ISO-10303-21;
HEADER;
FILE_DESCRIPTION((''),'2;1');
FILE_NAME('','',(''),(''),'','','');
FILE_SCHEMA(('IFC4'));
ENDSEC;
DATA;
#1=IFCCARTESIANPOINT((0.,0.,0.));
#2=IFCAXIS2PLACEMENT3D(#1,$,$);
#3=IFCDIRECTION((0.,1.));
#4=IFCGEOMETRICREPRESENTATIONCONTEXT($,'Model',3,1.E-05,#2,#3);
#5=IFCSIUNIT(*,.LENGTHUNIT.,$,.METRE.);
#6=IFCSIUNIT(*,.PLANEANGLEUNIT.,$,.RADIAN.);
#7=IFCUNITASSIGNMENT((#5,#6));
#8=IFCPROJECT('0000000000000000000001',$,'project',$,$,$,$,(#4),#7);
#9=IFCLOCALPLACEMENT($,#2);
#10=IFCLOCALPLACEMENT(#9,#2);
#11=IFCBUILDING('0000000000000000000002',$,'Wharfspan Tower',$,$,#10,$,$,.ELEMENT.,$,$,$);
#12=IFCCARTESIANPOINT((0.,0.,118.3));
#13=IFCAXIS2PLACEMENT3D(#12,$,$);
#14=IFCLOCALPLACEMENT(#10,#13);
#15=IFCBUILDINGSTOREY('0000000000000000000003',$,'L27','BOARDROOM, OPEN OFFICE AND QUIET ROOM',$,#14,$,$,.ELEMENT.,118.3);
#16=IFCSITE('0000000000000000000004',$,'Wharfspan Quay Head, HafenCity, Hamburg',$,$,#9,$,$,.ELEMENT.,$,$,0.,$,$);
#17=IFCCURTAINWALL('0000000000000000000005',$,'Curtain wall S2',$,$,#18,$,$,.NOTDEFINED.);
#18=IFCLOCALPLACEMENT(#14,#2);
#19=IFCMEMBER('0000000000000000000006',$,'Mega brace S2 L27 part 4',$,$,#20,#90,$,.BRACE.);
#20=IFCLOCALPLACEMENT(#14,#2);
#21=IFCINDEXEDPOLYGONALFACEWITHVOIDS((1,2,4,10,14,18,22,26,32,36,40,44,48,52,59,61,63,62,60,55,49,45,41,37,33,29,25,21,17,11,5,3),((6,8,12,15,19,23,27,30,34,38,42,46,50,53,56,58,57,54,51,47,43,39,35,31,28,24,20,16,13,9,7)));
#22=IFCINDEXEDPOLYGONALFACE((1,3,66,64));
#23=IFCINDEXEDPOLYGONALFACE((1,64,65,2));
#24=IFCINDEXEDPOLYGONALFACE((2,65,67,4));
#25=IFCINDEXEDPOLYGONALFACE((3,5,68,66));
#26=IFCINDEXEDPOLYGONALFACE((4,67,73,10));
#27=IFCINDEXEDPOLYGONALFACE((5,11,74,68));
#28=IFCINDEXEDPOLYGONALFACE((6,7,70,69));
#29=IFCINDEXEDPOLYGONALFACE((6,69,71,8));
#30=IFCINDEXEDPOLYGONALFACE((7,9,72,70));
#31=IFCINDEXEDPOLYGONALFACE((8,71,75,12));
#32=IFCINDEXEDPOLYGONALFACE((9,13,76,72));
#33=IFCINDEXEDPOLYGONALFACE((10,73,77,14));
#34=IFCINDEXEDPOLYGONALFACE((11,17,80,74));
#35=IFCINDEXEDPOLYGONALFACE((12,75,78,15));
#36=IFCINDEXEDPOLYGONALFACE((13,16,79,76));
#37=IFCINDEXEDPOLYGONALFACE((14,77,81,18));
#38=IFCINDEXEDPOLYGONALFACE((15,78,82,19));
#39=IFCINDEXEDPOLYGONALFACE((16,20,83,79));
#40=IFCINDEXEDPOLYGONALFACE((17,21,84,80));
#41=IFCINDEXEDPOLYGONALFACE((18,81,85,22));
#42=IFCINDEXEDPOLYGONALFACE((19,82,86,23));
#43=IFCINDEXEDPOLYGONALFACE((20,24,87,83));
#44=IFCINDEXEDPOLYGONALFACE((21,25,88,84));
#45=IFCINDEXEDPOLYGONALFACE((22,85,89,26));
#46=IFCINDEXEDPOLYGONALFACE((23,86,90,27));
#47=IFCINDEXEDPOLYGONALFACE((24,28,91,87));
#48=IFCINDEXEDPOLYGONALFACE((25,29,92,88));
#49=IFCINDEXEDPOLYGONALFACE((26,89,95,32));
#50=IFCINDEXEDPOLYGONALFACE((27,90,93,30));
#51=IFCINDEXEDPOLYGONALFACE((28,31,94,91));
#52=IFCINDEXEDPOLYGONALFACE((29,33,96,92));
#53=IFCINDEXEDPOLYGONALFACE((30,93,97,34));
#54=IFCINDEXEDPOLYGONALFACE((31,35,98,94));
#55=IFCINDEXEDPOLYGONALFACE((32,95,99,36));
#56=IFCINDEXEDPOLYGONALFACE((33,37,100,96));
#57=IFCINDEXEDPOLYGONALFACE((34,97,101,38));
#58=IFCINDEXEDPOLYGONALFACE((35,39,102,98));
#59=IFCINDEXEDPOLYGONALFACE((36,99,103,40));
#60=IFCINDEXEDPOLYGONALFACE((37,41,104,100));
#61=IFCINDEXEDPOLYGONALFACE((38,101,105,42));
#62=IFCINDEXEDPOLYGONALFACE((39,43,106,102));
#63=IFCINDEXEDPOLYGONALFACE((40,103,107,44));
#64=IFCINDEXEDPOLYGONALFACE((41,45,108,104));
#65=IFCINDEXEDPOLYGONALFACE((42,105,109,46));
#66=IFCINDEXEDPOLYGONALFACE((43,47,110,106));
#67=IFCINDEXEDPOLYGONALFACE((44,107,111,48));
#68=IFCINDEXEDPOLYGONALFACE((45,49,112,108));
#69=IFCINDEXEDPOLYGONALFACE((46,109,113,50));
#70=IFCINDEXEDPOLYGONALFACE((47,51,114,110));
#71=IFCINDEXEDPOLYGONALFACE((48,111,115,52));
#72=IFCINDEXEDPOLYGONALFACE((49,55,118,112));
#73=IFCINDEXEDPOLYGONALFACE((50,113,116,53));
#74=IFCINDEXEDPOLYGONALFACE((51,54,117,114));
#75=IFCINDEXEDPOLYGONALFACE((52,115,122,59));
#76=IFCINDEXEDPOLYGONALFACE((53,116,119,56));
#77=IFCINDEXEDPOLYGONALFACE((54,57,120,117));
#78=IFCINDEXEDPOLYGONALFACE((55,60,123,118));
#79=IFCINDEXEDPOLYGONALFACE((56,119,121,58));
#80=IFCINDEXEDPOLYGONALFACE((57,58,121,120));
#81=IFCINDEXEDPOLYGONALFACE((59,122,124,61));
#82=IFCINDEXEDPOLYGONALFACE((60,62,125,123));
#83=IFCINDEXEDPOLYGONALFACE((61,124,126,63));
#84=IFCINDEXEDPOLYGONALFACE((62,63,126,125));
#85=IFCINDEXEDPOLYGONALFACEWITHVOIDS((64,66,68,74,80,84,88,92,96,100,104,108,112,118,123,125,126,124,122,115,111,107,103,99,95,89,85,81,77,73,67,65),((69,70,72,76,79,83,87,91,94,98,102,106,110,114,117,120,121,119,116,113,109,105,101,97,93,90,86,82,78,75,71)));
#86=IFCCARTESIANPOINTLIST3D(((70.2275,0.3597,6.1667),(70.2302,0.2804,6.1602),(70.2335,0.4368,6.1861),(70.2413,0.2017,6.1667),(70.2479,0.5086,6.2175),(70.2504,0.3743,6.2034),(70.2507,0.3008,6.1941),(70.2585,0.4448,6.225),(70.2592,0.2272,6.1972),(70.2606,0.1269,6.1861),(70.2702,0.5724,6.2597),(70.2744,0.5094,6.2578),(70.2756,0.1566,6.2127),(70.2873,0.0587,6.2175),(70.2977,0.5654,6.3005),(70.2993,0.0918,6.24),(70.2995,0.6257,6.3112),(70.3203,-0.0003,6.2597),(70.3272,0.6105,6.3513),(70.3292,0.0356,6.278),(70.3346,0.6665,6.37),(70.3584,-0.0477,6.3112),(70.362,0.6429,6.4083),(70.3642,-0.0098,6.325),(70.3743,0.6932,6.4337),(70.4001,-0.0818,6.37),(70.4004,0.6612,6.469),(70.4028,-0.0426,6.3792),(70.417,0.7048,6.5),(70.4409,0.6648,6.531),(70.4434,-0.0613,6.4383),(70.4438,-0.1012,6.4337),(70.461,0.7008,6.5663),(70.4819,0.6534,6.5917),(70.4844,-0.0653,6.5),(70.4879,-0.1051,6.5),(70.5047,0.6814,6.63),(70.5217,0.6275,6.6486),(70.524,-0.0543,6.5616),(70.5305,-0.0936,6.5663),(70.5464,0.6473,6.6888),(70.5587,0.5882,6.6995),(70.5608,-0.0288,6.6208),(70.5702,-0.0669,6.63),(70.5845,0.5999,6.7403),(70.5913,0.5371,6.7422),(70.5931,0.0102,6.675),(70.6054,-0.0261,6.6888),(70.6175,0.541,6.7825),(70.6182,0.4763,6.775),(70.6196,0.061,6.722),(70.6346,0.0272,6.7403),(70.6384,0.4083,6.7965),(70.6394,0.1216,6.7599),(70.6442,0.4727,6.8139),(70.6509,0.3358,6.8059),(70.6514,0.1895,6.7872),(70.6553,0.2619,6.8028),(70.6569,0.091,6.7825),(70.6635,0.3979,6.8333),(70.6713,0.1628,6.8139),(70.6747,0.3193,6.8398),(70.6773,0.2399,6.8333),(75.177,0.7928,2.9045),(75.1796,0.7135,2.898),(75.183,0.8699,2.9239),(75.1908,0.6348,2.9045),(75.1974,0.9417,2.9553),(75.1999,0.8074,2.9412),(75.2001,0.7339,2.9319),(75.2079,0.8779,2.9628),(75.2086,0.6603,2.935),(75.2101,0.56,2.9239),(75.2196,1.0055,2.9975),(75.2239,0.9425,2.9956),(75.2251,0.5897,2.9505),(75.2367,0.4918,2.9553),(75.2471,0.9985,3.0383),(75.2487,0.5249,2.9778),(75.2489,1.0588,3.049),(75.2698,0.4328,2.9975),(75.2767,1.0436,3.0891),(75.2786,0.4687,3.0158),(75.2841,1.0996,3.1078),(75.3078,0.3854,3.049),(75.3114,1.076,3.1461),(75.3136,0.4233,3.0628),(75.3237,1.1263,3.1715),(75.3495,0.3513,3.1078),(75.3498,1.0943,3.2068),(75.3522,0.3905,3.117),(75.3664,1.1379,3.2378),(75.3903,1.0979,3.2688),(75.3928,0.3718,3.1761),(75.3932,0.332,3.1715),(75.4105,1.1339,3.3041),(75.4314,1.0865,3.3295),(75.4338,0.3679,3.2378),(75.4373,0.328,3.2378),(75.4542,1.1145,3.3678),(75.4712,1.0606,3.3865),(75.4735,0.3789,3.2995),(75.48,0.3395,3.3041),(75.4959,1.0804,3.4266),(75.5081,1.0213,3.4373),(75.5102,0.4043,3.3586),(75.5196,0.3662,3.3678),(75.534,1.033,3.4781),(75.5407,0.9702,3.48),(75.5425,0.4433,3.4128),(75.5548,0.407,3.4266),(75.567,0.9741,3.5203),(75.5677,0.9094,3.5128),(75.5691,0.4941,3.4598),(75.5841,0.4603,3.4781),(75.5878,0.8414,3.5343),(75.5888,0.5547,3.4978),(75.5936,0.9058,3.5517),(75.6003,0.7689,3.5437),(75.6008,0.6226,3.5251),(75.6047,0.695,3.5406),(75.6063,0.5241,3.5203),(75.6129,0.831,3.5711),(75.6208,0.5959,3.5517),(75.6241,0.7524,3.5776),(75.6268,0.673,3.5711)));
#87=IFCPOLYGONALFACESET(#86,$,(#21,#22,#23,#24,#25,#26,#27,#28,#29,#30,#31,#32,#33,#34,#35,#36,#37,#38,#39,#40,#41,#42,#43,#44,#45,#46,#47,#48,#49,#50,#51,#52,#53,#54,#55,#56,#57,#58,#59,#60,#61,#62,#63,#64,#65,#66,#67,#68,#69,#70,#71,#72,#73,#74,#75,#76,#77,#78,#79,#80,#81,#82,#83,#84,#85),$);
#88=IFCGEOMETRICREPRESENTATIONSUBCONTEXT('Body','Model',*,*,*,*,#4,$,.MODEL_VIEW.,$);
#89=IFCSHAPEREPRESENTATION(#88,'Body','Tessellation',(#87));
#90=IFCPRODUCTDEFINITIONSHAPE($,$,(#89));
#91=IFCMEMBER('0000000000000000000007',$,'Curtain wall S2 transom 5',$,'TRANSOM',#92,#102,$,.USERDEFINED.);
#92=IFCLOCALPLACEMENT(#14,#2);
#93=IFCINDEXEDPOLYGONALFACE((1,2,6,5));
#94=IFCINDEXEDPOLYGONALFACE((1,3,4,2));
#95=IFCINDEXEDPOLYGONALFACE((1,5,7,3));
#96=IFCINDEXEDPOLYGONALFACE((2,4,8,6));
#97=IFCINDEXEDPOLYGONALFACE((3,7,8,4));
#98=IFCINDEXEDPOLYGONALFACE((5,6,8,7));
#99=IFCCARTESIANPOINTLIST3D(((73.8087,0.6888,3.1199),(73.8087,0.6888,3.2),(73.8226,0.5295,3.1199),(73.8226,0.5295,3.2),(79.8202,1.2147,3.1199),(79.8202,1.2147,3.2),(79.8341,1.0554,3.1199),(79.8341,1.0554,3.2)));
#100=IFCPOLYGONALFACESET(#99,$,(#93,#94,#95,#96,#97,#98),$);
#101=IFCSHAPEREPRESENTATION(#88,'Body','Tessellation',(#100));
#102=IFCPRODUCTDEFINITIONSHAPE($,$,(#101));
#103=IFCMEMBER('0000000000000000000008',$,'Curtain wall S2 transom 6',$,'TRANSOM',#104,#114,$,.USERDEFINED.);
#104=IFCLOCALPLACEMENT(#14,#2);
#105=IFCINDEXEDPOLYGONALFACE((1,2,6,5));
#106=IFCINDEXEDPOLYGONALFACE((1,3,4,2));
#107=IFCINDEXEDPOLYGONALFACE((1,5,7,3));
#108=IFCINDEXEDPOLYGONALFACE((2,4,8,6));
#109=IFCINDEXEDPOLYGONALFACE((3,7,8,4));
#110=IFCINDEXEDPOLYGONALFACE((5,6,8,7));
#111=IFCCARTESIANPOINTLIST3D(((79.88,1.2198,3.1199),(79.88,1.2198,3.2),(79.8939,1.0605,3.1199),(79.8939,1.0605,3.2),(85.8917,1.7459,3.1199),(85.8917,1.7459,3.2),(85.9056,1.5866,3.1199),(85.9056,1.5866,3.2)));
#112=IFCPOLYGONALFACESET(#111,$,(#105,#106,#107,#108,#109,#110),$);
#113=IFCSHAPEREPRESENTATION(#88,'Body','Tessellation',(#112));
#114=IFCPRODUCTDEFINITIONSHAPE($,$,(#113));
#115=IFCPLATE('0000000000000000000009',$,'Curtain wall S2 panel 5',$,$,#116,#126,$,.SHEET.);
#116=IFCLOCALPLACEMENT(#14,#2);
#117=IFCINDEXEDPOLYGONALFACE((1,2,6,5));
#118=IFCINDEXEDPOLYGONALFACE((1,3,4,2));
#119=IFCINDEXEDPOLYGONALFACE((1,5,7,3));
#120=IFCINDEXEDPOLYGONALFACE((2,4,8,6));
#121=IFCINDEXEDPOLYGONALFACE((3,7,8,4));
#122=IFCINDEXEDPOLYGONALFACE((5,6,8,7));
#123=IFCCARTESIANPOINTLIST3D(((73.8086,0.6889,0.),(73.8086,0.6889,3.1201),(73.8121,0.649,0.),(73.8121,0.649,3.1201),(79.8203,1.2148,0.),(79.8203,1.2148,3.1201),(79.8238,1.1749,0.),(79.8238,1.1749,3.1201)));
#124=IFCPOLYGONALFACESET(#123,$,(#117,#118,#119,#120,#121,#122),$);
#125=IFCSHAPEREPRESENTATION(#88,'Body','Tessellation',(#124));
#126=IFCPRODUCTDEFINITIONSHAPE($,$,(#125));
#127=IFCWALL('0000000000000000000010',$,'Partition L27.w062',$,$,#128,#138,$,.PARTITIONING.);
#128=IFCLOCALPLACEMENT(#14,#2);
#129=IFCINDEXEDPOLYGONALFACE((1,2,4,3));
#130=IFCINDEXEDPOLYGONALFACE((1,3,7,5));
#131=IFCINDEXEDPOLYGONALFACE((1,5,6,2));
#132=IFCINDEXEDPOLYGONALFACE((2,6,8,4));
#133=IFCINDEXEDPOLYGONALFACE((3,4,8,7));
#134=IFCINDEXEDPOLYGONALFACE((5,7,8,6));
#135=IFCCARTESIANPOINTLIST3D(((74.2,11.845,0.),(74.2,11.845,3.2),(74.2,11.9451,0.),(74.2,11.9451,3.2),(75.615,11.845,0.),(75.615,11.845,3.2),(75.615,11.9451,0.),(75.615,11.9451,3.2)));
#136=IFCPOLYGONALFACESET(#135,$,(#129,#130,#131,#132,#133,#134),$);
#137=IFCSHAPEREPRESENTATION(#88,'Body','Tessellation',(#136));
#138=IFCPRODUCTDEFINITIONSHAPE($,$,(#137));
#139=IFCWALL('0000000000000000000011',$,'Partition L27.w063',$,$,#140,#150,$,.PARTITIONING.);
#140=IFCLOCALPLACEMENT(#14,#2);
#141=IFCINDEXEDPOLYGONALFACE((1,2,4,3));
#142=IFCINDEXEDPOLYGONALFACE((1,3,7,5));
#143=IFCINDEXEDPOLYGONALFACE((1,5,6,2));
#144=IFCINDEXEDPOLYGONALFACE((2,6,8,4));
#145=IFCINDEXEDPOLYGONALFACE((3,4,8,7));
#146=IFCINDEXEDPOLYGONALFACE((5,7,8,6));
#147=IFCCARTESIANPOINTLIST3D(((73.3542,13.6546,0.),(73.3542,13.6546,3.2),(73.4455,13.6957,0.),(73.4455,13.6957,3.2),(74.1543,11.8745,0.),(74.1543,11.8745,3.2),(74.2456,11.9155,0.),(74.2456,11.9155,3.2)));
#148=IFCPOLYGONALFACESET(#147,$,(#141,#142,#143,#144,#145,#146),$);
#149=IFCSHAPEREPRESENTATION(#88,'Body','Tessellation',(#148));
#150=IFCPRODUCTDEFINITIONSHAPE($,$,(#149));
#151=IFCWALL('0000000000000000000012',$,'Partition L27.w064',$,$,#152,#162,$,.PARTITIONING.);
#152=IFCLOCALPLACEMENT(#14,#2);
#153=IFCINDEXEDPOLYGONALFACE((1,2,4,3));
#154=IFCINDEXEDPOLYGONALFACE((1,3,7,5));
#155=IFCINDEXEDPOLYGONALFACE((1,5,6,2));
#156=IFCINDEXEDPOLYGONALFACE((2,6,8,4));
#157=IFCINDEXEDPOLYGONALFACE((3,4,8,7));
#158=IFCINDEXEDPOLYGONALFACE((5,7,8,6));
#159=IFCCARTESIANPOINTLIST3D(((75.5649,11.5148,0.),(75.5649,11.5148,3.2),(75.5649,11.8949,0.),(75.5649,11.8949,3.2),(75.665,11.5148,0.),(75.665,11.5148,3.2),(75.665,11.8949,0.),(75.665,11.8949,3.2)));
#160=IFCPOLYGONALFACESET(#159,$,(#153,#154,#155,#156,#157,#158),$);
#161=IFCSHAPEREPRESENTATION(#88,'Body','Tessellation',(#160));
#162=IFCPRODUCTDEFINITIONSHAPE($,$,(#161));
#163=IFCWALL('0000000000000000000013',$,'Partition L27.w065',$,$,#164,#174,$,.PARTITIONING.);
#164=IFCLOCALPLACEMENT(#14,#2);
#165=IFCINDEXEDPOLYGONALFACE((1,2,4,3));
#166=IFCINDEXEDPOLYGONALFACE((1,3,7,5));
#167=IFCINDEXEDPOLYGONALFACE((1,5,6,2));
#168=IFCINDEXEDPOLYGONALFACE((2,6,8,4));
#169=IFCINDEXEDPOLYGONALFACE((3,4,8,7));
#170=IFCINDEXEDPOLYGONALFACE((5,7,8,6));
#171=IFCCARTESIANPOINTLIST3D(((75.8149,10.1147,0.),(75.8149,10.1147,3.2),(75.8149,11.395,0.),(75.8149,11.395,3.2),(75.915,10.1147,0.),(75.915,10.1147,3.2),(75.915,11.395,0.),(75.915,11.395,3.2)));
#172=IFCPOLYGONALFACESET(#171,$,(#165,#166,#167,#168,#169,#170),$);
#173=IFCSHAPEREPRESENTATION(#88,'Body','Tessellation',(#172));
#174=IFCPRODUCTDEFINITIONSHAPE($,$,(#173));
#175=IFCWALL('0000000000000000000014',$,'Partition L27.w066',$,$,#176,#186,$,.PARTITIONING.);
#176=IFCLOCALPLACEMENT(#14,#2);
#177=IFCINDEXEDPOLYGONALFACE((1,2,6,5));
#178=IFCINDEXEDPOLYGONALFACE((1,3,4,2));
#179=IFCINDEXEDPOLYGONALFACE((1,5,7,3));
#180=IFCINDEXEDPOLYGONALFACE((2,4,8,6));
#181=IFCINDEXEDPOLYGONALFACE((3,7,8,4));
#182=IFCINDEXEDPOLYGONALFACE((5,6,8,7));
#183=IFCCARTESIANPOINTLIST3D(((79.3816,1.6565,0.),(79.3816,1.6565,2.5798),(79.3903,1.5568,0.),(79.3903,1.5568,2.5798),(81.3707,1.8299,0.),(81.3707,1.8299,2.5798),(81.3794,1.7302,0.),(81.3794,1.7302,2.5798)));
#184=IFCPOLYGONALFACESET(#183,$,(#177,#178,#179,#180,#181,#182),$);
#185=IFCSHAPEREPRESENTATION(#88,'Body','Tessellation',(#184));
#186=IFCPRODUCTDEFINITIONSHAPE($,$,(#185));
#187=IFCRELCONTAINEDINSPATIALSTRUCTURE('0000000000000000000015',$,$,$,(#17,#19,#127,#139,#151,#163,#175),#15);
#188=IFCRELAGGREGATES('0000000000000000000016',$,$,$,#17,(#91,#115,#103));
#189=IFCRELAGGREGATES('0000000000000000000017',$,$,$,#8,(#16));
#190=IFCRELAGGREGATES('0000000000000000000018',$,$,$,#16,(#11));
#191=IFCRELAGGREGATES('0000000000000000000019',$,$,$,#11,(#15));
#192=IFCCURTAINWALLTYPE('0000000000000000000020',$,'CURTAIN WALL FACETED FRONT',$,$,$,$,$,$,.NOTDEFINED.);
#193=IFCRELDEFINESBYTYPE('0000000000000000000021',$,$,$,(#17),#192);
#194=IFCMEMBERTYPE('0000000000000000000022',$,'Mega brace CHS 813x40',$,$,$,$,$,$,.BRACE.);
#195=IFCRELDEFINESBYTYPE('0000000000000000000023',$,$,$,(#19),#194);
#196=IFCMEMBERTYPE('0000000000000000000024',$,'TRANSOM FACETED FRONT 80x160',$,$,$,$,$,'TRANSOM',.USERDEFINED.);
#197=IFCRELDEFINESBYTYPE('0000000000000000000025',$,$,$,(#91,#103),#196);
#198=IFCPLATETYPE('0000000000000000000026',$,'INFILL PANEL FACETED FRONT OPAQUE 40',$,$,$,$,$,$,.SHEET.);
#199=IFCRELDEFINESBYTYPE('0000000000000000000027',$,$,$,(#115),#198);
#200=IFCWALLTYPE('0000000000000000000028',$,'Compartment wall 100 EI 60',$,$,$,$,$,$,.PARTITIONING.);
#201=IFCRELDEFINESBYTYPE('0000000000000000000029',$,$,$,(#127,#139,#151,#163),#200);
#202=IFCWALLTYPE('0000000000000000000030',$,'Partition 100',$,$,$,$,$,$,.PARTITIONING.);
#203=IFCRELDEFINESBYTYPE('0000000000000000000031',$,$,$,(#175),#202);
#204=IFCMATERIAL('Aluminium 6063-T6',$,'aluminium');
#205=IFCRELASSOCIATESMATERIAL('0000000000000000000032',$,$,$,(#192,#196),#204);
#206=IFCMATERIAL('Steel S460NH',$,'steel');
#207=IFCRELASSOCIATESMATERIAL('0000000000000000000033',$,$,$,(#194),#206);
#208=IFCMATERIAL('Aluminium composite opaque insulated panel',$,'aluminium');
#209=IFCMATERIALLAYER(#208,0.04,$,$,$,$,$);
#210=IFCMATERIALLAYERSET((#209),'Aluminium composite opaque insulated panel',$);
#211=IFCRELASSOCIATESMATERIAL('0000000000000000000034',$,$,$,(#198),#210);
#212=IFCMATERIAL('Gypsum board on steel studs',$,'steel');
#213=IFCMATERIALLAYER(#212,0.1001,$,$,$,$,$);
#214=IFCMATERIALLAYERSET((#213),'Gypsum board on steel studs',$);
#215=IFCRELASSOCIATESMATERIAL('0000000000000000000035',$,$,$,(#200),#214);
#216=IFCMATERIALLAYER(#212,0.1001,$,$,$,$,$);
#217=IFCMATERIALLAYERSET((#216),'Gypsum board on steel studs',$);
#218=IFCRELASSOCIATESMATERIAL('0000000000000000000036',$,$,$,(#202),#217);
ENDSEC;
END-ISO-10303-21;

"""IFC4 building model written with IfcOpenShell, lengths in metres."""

from ifc_helpers import new_model, si_unit, direction, frame, frame_2d, origin, origin_2d, place, context, subcontext, project, spatial, rectangle, hollow_circle, extrude, material, layer, layer_set, material_profile, profile_set, type_object, element, aggregate, save


model = new_model("IFC4")

# Units and contexts
model_context = context("Model", 3, precision=1e-05, world=origin(), true_north=direction((0.0, 1.0)))
body_context = subcontext(model_context, "Body", "Model", "MODEL_VIEW")
ifc_project = project(units=[si_unit("LENGTHUNIT", "METRE"), si_unit("PLANEANGLEUNIT", "RADIAN")], contexts=[model_context])

# Site, building, storey
site_placement = place(None, origin())
site = spatial("IfcSite", under=ifc_project, at=site_placement, Name="Wharfspan Quay Head, HafenCity, Hamburg", CompositionType="ELEMENT", RefElevation=0.0)
building_placement = place(site_placement, origin())
building = spatial("IfcBuilding", under=site, at=building_placement, Name="Wharfspan Tower", CompositionType="ELEMENT")
storey_placement = place(building_placement, frame((0.0, 0.0, 118.3)))
storey = spatial("IfcBuildingStorey", under=building, at=storey_placement, Name="L27", Description="BOARDROOM, OPEN OFFICE AND QUIET ROOM", CompositionType="ELEMENT", Elevation=118.3)

# Curtain wall
ifc_material_1 = material(Name="Aluminium 6063-T6", Category="aluminium")
curtain_wall_type = type_object("IfcCurtainWallType", Name="CURTAIN WALL FACETED FRONT", PredefinedType="NOTDEFINED", material=ifc_material_1)
curtain_wall_placement = place(storey_placement, origin())
curtain_wall = element("IfcCurtainWall", 1, at=curtain_wall_placement, inside=storey, type_object=curtain_wall_type, Name="Curtain wall S2", PredefinedType="NOTDEFINED")

# Member
ifc_material_2 = material(Name="Steel S460NH", Category="steel")
ifc_material_profile_1 = material_profile(ifc_material_2, hollow_circle(Radius=0.4065, WallThickness=0.04, at=origin_2d()))
ifc_profile_set_1 = profile_set([ifc_material_profile_1], Name="Steel S460NH")
member_type_1 = type_object("IfcMemberType", Name="Mega brace CHS 813x40", PredefinedType="BRACE", material=ifc_profile_set_1)
member_1_placement = place(storey_placement, frame((75.4019, 0.7329, 3.2378), z_axis=(-0.832734, -0.072869, 0.548858), x_axis=(0.087173, -0.99619, 0.000001)))
element("IfcMember", 2, at=member_1_placement, inside=storey, type_object=member_type_1, Name="Mega brace S2 L27 part 4", PredefinedType="BRACE", context=body_context, shape_type="SweptSolid", body=[
    extrude(hollow_circle(Radius=0.4065, WallThickness=0.04, at=origin_2d()), origin(), (0.0, 0.0, 1.0), 5.9436),
])

# Members
ifc_material_profile_2 = material_profile(ifc_material_1, rectangle(XDim=0.1599, YDim=0.0801, at=origin_2d()))
ifc_profile_set_2 = profile_set([ifc_material_profile_2], Name="Aluminium 6063-T6")
member_type_2 = type_object("IfcMemberType", Name="TRANSOM FACETED FRONT 80x160", ElementType="TRANSOM", PredefinedType="USERDEFINED", material=ifc_profile_set_2)
member_2_placement = place(storey_placement, frame((73.8157, 0.6091, 3.1599), z_axis=(0.996196, 0.087146, 0.0), x_axis=(-0.087146, 0.996196, 0.0)))
member_2 = element("IfcMember", 3, at=member_2_placement, type_object=member_type_2, Name="Curtain wall S2 transom 5", ObjectType="TRANSOM", PredefinedType="USERDEFINED", context=body_context, shape_type="SweptSolid", body=[
    extrude(rectangle(XDim=0.1599, YDim=0.0801, at=origin_2d()), origin(), (0.0, 0.0, 1.0), 6.0344),
])
member_3_placement = place(storey_placement, frame((79.887, 1.1401, 3.1599), z_axis=(0.996192, 0.087183, 0.0), x_axis=(-0.087183, 0.996192, 0.0)))
member_3 = element("IfcMember", 4, at=member_3_placement, type_object=member_type_2, Name="Curtain wall S2 transom 6", ObjectType="TRANSOM", PredefinedType="USERDEFINED", context=body_context, shape_type="SweptSolid", body=[
    extrude(rectangle(XDim=0.1599, YDim=0.0801, at=origin_2d()), origin(), (0.0, 0.0, 1.0), 6.0347),
])

# Plate
ifc_material_3 = material(Name="Aluminium composite opaque insulated panel", Category="aluminium")
ifc_layer_1 = layer(ifc_material_3, 0.04)
ifc_layer_set_1 = layer_set([ifc_layer_1], Name="Aluminium composite opaque insulated panel")
plate_type = type_object("IfcPlateType", Name="INFILL PANEL FACETED FRONT OPAQUE 40", PredefinedType="SHEET", material=ifc_layer_set_1)
plate_placement = place(storey_placement, frame((76.8162, 0.9319, 0.0), z_axis=(0.0, 0.0, 1.0), x_axis=(0.996198, 0.087156, 0.0)))
plate = element("IfcPlate", 5, at=plate_placement, type_object=plate_type, Name="Curtain wall S2 panel 5", PredefinedType="SHEET", context=body_context, shape_type="SweptSolid", body=[
    extrude(rectangle(XDim=6.0347, YDim=0.04, at=origin_2d()), origin(), (0.0, 0.0, 1.0), 3.1201),
])
aggregate(curtain_wall, [member_2, plate, member_3])

# Walls
ifc_material_4 = material(Name="Gypsum board on steel studs", Category="steel")
ifc_layer_2 = layer(ifc_material_4, 0.1001)
ifc_layer_set_2 = layer_set([ifc_layer_2], Name="Gypsum board on steel studs")
wall_type_1 = type_object("IfcWallType", Name="Compartment wall 100 EI 60", PredefinedType="PARTITIONING", material=ifc_layer_set_2)
wall_1_placement = place(storey_placement, frame((74.2, 11.895, 0.0), z_axis=(0.0, 0.0, 1.0), x_axis=(1.0, 0.0, 0.0)))
element("IfcWall", 6, at=wall_1_placement, inside=storey, type_object=wall_type_1, Name="Partition L27.w062", PredefinedType="PARTITIONING", context=body_context, shape_type="SweptSolid", body=[
    extrude(rectangle(XDim=1.415, YDim=0.1001, at=frame_2d((0.7075, 0.0))), origin(), (0.0, 0.0, 1.0), 3.2),
])
wall_2_placement = place(storey_placement, frame((74.2, 11.895, 0.0), z_axis=(0.0, 0.0, 1.0), x_axis=(-0.409954, 0.912107, 0.0)))
element("IfcWall", 7, at=wall_2_placement, inside=storey, type_object=wall_type_1, Name="Partition L27.w063", PredefinedType="PARTITIONING", context=body_context, shape_type="SweptSolid", body=[
    extrude(rectangle(XDim=1.9517, YDim=0.1001, at=frame_2d((0.9758, 0.0))), origin(), (0.0, 0.0, 1.0), 3.2),
])
wall_3_placement = place(storey_placement, frame((75.615, 11.5149, 0.0), z_axis=(0.0, 0.0, 1.0), x_axis=(0.0, 1.0, 0.0)))
element("IfcWall", 8, at=wall_3_placement, inside=storey, type_object=wall_type_1, Name="Partition L27.w064", PredefinedType="PARTITIONING", context=body_context, shape_type="SweptSolid", body=[
    extrude(rectangle(XDim=0.3801, YDim=0.1001, at=frame_2d((0.1899, 0.0))), origin(), (0.0, 0.0, 1.0), 3.2),
])
wall_4_placement = place(storey_placement, frame((75.865, 10.1147, 0.0), z_axis=(0.0, 0.0, 1.0), x_axis=(0.0, 1.0, 0.0)))
element("IfcWall", 9, at=wall_4_placement, inside=storey, type_object=wall_type_1, Name="Partition L27.w065", PredefinedType="PARTITIONING", context=body_context, shape_type="SweptSolid", body=[
    extrude(rectangle(XDim=1.2803, YDim=0.1001, at=frame_2d((0.6401, 0.0))), origin(), (0.0, 0.0, 1.0), 3.2),
])
ifc_layer_3 = layer(ifc_material_4, 0.1001)
ifc_layer_set_3 = layer_set([ifc_layer_3], Name="Gypsum board on steel studs")
wall_type_2 = type_object("IfcWallType", Name="Partition 100", PredefinedType="PARTITIONING", material=ifc_layer_set_3)
wall_5_placement = place(storey_placement, frame((79.386, 1.6067, 0.0), z_axis=(0.0, 0.0, 1.0), x_axis=(0.996228, 0.08682, 0.0)))
element("IfcWall", 10, at=wall_5_placement, inside=storey, type_object=wall_type_2, Name="Partition L27.w066", PredefinedType="PARTITIONING", context=body_context, shape_type="SweptSolid", body=[
    extrude(rectangle(XDim=1.9966, YDim=0.1001, at=frame_2d((0.9983, 0.0))), origin(), (0.0, 0.0, 1.0), 2.5798),
])

save(model, "model.ifc")
